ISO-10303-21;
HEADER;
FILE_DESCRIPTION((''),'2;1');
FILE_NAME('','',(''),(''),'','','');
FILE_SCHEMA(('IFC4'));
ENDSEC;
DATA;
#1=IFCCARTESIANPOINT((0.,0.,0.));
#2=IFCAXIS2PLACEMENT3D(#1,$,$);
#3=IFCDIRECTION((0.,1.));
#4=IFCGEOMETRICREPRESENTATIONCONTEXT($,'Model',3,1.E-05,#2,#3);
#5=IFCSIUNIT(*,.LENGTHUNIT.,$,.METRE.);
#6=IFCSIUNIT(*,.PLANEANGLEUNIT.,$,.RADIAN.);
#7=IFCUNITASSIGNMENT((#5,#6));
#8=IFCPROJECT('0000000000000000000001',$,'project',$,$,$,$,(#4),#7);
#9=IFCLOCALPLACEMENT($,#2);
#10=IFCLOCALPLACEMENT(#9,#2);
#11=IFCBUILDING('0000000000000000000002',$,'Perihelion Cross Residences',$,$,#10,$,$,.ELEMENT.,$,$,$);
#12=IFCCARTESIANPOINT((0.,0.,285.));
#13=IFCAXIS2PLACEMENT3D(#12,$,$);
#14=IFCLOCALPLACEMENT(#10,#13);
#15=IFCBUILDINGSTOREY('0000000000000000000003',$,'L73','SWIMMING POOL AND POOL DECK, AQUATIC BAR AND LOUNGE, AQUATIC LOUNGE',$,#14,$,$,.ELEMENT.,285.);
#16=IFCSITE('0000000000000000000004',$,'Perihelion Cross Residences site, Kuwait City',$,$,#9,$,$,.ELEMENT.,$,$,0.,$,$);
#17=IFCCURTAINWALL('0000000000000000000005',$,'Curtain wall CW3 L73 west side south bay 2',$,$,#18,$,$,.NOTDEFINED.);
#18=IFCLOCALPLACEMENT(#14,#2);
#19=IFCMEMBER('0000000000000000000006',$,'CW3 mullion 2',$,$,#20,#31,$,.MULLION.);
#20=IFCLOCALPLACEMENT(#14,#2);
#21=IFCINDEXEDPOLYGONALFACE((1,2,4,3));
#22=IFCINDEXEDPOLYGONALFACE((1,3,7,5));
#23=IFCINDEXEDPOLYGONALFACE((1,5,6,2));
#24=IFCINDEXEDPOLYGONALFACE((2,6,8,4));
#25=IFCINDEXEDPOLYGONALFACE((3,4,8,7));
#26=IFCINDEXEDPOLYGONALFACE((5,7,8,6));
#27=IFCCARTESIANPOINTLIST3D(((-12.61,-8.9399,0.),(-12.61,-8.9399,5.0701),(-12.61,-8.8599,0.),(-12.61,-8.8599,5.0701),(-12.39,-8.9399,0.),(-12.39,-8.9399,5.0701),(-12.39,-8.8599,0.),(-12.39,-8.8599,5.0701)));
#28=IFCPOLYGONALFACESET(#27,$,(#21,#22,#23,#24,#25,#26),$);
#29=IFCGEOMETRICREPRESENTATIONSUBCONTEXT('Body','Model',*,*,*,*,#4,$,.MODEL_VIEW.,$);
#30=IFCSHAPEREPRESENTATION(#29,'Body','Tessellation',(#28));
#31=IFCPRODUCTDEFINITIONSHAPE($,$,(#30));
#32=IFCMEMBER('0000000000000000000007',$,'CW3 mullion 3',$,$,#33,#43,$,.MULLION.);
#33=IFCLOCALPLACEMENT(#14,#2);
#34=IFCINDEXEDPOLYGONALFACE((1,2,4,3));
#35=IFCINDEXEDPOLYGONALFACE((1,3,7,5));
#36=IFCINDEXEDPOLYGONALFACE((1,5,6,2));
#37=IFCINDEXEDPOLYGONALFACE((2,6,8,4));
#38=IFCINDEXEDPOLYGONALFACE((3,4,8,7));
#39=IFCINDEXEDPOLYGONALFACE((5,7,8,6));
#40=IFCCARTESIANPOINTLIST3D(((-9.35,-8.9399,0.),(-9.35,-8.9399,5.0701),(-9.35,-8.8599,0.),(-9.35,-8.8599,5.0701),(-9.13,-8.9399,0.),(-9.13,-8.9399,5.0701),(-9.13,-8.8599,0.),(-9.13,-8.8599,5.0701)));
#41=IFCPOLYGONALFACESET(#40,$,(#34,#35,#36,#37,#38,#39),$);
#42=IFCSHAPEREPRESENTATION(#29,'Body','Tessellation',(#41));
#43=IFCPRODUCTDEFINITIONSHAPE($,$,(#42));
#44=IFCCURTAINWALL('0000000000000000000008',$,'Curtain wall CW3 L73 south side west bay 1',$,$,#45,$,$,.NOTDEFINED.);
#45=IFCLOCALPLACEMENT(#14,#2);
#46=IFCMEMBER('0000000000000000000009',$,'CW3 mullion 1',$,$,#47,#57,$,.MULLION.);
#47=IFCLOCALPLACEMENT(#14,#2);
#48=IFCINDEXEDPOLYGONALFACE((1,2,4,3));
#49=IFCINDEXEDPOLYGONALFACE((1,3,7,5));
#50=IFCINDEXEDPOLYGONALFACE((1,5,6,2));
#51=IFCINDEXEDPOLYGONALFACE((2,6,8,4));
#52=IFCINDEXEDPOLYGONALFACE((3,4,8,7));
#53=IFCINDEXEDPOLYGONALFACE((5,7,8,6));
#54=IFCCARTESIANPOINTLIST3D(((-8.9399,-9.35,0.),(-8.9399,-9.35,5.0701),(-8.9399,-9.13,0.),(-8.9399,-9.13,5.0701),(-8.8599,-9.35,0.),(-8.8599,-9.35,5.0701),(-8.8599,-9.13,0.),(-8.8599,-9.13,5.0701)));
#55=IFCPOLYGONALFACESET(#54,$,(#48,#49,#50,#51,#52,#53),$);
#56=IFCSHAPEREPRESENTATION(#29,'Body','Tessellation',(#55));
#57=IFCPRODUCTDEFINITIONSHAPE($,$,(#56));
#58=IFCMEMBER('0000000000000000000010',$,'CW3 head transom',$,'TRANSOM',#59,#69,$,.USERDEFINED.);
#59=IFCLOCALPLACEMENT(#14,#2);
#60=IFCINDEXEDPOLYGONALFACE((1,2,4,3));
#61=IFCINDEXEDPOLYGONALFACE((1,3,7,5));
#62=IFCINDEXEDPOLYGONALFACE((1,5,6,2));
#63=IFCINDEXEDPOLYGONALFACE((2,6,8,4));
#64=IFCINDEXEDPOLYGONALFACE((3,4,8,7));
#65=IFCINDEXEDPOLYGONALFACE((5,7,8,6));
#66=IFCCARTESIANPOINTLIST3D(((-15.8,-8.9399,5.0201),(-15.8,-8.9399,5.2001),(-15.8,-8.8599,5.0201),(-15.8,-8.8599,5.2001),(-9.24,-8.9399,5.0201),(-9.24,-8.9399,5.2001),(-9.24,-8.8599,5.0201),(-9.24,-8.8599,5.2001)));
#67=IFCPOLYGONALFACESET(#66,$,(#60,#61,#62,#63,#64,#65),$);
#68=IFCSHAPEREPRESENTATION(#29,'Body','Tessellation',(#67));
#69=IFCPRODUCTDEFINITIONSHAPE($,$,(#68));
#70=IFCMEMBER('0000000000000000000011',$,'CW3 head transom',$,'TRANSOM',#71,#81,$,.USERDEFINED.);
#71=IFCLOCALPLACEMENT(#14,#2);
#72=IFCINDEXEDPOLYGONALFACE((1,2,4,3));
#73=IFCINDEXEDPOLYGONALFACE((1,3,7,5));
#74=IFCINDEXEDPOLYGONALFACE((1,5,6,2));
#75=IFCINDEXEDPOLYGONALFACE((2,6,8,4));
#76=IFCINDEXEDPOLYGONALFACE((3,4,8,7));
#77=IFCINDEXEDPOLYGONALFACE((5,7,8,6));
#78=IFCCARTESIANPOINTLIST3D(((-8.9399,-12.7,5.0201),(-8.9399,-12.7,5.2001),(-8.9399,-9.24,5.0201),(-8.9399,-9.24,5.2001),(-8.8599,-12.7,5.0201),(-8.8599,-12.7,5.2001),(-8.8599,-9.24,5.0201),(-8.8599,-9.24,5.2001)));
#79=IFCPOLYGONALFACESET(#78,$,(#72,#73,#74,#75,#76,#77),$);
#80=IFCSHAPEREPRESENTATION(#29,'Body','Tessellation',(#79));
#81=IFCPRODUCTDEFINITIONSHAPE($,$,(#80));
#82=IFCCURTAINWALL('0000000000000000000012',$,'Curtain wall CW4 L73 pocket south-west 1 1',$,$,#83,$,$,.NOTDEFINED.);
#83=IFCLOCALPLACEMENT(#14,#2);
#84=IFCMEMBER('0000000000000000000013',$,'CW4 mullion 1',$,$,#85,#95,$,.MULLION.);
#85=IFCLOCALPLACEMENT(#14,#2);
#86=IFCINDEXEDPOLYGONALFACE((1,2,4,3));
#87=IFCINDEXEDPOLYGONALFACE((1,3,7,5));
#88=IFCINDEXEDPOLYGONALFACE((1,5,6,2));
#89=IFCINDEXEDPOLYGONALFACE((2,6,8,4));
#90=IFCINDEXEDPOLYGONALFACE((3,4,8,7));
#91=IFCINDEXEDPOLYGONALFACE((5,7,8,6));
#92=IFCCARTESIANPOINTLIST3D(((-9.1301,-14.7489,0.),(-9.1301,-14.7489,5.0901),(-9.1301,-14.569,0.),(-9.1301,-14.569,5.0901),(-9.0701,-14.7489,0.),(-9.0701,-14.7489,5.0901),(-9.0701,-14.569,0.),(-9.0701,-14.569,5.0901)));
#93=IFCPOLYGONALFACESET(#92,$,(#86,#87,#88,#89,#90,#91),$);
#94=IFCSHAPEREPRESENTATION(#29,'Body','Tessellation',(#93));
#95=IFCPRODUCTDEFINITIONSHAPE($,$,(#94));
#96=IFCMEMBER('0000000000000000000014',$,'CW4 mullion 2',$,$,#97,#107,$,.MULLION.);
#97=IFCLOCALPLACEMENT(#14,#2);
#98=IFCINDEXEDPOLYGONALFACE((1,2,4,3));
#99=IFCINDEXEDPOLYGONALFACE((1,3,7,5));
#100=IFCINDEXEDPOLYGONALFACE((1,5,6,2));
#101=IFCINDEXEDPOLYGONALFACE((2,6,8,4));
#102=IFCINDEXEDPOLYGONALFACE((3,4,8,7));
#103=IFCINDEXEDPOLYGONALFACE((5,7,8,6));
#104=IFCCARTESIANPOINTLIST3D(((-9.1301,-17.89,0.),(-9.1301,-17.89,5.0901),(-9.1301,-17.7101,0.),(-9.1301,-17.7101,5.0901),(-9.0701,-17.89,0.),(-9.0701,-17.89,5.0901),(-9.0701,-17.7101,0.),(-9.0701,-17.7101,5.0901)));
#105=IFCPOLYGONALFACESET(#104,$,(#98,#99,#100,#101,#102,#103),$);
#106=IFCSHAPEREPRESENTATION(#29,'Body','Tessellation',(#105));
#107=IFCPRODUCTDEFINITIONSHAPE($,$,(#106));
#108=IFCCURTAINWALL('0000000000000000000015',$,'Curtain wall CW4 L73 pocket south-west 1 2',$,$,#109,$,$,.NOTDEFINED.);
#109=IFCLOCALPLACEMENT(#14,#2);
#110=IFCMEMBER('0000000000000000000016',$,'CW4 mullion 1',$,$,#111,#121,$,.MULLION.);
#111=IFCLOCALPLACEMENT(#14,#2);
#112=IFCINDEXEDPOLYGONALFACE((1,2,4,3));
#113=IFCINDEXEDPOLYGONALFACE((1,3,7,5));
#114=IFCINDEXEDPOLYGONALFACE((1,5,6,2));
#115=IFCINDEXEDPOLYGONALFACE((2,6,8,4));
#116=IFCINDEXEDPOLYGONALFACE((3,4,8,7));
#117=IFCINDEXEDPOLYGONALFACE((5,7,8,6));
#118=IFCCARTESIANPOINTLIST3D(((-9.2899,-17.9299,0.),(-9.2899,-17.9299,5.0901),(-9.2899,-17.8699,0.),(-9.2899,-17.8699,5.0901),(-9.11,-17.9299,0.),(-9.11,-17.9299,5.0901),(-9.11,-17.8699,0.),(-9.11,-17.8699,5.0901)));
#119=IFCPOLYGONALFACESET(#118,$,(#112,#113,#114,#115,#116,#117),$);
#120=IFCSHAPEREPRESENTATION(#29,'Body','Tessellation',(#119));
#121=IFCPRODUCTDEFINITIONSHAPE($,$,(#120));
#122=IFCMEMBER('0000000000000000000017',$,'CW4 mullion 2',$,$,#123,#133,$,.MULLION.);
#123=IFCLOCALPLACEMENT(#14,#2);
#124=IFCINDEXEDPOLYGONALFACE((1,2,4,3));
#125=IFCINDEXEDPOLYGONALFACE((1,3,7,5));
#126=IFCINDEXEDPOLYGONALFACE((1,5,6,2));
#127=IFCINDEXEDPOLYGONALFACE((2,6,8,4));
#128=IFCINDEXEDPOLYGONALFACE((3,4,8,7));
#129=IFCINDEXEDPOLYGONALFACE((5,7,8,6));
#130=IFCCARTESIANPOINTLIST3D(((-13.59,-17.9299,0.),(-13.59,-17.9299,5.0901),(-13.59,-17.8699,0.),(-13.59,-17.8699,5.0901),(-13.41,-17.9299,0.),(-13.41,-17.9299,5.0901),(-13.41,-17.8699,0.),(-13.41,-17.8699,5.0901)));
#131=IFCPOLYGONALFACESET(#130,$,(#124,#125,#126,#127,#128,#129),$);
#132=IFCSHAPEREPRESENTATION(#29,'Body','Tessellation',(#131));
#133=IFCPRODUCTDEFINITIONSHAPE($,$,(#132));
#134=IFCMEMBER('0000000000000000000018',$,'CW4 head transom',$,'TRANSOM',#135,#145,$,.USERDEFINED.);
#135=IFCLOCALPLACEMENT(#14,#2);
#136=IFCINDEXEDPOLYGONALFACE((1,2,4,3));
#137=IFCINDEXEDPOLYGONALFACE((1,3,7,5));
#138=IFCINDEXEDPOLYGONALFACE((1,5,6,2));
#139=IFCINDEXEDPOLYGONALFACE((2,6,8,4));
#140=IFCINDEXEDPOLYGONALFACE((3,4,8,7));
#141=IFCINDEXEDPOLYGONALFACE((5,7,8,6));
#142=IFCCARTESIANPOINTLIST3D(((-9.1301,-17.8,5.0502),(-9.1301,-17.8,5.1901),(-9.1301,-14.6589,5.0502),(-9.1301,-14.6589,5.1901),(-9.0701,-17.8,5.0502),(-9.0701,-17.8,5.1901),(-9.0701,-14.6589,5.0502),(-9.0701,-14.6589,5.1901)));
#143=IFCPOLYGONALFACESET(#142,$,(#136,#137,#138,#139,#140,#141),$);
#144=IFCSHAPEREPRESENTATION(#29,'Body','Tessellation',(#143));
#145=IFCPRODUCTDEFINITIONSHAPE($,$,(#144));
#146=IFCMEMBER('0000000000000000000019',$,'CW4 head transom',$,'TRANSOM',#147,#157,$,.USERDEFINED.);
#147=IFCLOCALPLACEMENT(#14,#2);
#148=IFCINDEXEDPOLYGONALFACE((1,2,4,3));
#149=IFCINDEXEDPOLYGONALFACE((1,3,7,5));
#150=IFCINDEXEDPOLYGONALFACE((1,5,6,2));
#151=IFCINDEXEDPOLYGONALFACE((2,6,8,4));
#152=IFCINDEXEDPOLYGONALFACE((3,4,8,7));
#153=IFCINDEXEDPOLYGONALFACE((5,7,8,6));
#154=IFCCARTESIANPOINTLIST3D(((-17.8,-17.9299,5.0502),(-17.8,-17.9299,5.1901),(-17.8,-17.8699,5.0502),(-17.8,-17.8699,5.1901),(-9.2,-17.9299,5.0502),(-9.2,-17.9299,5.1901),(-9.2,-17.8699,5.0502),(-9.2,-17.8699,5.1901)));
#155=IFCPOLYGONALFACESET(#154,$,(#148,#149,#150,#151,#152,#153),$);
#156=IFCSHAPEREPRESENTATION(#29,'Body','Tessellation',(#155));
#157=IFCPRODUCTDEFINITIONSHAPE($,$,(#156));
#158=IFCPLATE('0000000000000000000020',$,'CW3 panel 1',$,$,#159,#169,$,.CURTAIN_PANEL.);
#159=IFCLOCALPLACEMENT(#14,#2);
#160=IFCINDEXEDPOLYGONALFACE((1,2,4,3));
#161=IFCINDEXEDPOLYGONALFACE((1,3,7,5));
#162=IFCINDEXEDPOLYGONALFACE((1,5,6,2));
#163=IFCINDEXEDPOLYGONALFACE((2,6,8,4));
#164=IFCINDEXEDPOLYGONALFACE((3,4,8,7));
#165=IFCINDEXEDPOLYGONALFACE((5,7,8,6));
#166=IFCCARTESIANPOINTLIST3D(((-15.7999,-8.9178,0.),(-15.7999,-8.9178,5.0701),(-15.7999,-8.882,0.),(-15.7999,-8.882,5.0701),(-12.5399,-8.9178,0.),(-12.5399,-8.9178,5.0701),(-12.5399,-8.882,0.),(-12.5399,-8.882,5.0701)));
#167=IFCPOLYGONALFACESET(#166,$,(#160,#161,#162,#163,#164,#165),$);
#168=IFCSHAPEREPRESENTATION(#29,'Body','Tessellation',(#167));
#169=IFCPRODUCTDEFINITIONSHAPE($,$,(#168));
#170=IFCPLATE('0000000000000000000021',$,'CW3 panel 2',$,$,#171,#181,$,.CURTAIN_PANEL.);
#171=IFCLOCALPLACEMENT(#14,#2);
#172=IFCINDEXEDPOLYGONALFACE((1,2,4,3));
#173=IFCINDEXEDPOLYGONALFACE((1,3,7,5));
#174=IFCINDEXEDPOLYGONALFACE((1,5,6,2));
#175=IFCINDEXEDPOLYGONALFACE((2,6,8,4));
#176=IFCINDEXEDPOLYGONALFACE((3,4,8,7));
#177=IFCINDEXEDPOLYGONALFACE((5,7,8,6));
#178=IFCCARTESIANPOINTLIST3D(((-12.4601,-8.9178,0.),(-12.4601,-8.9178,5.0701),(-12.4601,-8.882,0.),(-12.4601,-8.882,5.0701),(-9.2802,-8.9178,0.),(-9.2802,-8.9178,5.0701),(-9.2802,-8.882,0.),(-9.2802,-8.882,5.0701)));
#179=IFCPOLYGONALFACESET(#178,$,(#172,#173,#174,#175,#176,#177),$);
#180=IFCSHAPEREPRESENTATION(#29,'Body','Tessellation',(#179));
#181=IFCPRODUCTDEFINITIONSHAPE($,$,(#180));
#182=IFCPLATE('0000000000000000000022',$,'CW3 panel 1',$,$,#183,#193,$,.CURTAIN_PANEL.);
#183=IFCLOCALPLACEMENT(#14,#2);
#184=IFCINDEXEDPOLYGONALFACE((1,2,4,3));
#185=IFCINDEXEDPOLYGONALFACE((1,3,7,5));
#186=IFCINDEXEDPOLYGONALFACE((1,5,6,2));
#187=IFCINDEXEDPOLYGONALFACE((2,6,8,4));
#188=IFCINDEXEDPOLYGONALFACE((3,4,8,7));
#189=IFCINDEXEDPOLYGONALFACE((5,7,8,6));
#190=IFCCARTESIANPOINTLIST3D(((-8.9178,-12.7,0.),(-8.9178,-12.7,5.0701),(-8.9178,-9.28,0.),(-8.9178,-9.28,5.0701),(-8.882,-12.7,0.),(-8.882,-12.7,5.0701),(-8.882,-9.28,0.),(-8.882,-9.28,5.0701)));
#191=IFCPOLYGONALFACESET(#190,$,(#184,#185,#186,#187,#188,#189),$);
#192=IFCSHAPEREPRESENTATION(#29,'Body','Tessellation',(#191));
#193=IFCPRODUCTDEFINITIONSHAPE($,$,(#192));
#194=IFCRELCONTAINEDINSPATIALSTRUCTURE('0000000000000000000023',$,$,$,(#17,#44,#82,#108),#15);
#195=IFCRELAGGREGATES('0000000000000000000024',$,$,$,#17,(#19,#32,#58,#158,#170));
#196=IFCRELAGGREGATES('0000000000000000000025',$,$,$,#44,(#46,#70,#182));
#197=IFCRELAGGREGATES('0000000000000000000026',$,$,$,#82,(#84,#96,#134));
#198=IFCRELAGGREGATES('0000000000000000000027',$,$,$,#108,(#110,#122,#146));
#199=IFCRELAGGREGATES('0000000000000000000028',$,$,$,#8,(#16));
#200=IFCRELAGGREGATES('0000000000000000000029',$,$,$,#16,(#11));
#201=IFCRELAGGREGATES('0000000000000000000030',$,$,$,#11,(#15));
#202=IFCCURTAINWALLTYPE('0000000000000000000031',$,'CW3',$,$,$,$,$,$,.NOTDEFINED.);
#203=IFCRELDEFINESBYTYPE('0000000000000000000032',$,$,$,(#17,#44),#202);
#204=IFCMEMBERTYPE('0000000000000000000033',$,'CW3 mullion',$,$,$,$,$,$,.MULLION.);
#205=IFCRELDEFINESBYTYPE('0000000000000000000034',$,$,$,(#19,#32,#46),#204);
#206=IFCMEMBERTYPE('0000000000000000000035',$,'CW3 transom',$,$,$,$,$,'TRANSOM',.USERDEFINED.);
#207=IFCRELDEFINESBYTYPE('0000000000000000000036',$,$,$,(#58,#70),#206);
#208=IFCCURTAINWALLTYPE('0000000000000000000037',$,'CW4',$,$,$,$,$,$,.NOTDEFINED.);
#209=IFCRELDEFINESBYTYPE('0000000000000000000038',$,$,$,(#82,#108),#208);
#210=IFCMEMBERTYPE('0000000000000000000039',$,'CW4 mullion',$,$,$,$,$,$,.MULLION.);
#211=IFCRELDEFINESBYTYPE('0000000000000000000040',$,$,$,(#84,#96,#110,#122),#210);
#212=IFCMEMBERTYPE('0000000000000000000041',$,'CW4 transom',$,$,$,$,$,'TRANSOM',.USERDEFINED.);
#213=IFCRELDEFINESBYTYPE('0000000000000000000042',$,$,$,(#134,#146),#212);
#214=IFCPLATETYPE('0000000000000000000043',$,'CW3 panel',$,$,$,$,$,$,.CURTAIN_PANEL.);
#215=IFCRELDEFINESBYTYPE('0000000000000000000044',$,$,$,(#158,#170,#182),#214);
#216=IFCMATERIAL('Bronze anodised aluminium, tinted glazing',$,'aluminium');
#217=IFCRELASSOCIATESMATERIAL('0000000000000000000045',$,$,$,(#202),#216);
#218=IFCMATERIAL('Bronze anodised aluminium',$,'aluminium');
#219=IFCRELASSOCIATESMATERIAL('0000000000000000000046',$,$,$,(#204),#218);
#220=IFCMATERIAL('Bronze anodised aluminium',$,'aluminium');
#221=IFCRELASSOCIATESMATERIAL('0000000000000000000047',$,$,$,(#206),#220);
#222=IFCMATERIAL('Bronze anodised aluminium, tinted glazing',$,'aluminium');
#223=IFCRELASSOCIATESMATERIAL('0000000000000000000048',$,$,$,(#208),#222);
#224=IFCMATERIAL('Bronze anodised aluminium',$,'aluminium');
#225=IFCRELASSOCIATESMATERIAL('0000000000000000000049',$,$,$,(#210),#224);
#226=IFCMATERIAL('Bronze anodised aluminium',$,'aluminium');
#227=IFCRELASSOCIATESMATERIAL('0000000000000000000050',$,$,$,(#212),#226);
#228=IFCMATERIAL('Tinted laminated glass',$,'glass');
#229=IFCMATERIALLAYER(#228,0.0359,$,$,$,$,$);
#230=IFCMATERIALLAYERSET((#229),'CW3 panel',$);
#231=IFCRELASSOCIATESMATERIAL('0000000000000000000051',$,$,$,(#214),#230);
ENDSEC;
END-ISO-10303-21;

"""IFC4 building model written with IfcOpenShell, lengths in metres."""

from ifc_helpers import new_model, si_unit, direction, frame, origin, origin_2d, place, context, subcontext, project, spatial, rectangle, extrude, material, layer, layer_set, material_profile, profile_set, type_object, element, aggregate, save


model = new_model("IFC4")

# Units and contexts
model_context = context("Model", 3, precision=1e-05, world=origin(), true_north=direction((0.0, 1.0)))
body_context = subcontext(model_context, "Body", "Model", "MODEL_VIEW")
ifc_project = project(units=[si_unit("LENGTHUNIT", "METRE"), si_unit("PLANEANGLEUNIT", "RADIAN")], contexts=[model_context])

# Site, building, storey
site_placement = place(None, origin())
site = spatial("IfcSite", under=ifc_project, at=site_placement, Name="Perihelion Cross Residences site, Kuwait City", CompositionType="ELEMENT", RefElevation=0.0)
building_placement = place(site_placement, origin())
building = spatial("IfcBuilding", under=site, at=building_placement, Name="Perihelion Cross Residences", CompositionType="ELEMENT")
storey_placement = place(building_placement, frame((0.0, 0.0, 285.0)))
storey = spatial("IfcBuildingStorey", under=building, at=storey_placement, Name="L73", Description="SWIMMING POOL AND POOL DECK, AQUATIC BAR AND LOUNGE, AQUATIC LOUNGE", CompositionType="ELEMENT", Elevation=285.0)

# Curtain wall, members
ifc_material_1 = material(Name="Bronze anodised aluminium, tinted glazing", Category="aluminium")
curtain_wall_type_1 = type_object("IfcCurtainWallType", Name="CW3", PredefinedType="NOTDEFINED", material=ifc_material_1)
curtain_wall_1_placement = place(storey_placement, origin())
curtain_wall_1 = element("IfcCurtainWall", 1, at=curtain_wall_1_placement, inside=storey, type_object=curtain_wall_type_1, Name="Curtain wall CW3 L73 west side south bay 2", PredefinedType="NOTDEFINED")
ifc_material_2 = material(Name="Bronze anodised aluminium", Category="aluminium")
ifc_material_profile_1 = material_profile(ifc_material_2, rectangle(XDim=0.0801, YDim=0.22, at=origin_2d()), Name="CW3 mullion")
ifc_profile_set_1 = profile_set([ifc_material_profile_1], Name="Bronze anodised aluminium")
member_type_1 = type_object("IfcMemberType", Name="CW3 mullion", PredefinedType="MULLION", material=ifc_profile_set_1)
member_1_placement = place(storey_placement, frame((-12.5, -8.8999, 0.0), z_axis=(0.0, 0.0, 1.0), x_axis=(0.0, 1.0, 0.0)))
member_1 = element("IfcMember", 2, at=member_1_placement, type_object=member_type_1, Name="CW3 mullion 2", PredefinedType="MULLION", context=body_context, shape_type="SweptSolid", body=[
    extrude(rectangle(XDim=0.0801, YDim=0.22, at=origin_2d()), origin(), (0.0, 0.0, 1.0), 5.0701),
])
member_2_placement = place(storey_placement, frame((-9.24, -8.8999, 0.0), z_axis=(0.0, 0.0, 1.0), x_axis=(0.0, 1.0, 0.0)))
member_2 = element("IfcMember", 3, at=member_2_placement, type_object=member_type_1, Name="CW3 mullion 3", PredefinedType="MULLION", context=body_context, shape_type="SweptSolid", body=[
    extrude(rectangle(XDim=0.0801, YDim=0.22, at=origin_2d()), origin(), (0.0, 0.0, 1.0), 5.0701),
])

# Curtain wall, member
curtain_wall_2_placement = place(storey_placement, origin())
curtain_wall_2 = element("IfcCurtainWall", 4, at=curtain_wall_2_placement, inside=storey, type_object=curtain_wall_type_1, Name="Curtain wall CW3 L73 south side west bay 1", PredefinedType="NOTDEFINED")
member_3_placement = place(storey_placement, frame((-8.8999, -9.24, 0.0), z_axis=(0.0, 0.0, 1.0), x_axis=(1.0, 0.0, 0.0)))
member_3 = element("IfcMember", 5, at=member_3_placement, type_object=member_type_1, Name="CW3 mullion 1", PredefinedType="MULLION", context=body_context, shape_type="SweptSolid", body=[
    extrude(rectangle(XDim=0.0801, YDim=0.22, at=origin_2d()), origin(), (0.0, 0.0, 1.0), 5.0701),
])

# Members
ifc_material_3 = material(Name="Bronze anodised aluminium", Category="aluminium")
ifc_material_profile_2 = material_profile(ifc_material_3, rectangle(XDim=0.0801, YDim=0.1799, at=origin_2d()), Name="CW3 transom")
ifc_profile_set_2 = profile_set([ifc_material_profile_2], Name="Bronze anodised aluminium")
member_type_2 = type_object("IfcMemberType", Name="CW3 transom", ElementType="TRANSOM", PredefinedType="USERDEFINED", material=ifc_profile_set_2)
member_4_placement = place(storey_placement, frame((-15.8, -8.8999, 5.1101), z_axis=(1.0, 0.0, 0.0), x_axis=(0.0, 1.0, 0.0)))
member_4 = element("IfcMember", 6, at=member_4_placement, type_object=member_type_2, Name="CW3 head transom", ObjectType="TRANSOM", PredefinedType="USERDEFINED", context=body_context, shape_type="SweptSolid", body=[
    extrude(rectangle(XDim=0.0801, YDim=0.1799, at=origin_2d()), origin(), (0.0, 0.0, 1.0), 6.5601),
])
member_5_placement = place(storey_placement, frame((-8.8999, -9.24, 5.1101), z_axis=(0.0, -1.0, 0.0), x_axis=(1.0, 0.0, 0.0)))
member_5 = element("IfcMember", 7, at=member_5_placement, type_object=member_type_2, Name="CW3 head transom", ObjectType="TRANSOM", PredefinedType="USERDEFINED", context=body_context, shape_type="SweptSolid", body=[
    extrude(rectangle(XDim=0.0801, YDim=0.1799, at=origin_2d()), origin(), (0.0, 0.0, 1.0), 3.46),
])

# Curtain walls, members
ifc_material_4 = material(Name="Bronze anodised aluminium, tinted glazing", Category="aluminium")
curtain_wall_type_2 = type_object("IfcCurtainWallType", Name="CW4", PredefinedType="NOTDEFINED", material=ifc_material_4)
curtain_wall_3_placement = place(storey_placement, origin())
curtain_wall_3 = element("IfcCurtainWall", 8, at=curtain_wall_3_placement, inside=storey, type_object=curtain_wall_type_2, Name="Curtain wall CW4 L73 pocket south-west 1 1", PredefinedType="NOTDEFINED")
ifc_material_5 = material(Name="Bronze anodised aluminium", Category="aluminium")
ifc_material_profile_3 = material_profile(ifc_material_5, rectangle(XDim=0.0601, YDim=0.1799, at=origin_2d()), Name="CW4 mullion")
ifc_profile_set_3 = profile_set([ifc_material_profile_3], Name="Bronze anodised aluminium")
member_type_3 = type_object("IfcMemberType", Name="CW4 mullion", PredefinedType="MULLION", material=ifc_profile_set_3)
member_6_placement = place(storey_placement, frame((-9.1001, -14.6589, 0.0), z_axis=(0.0, 0.0, 1.0), x_axis=(1.0, 0.0, 0.0)))
member_6 = element("IfcMember", 9, at=member_6_placement, type_object=member_type_3, Name="CW4 mullion 1", PredefinedType="MULLION", context=body_context, shape_type="SweptSolid", body=[
    extrude(rectangle(XDim=0.0601, YDim=0.1799, at=origin_2d()), origin(), (0.0, 0.0, 1.0), 5.0901),
])
member_7_placement = place(storey_placement, frame((-9.1001, -17.8, 0.0), z_axis=(0.0, 0.0, 1.0), x_axis=(1.0, 0.0, 0.0)))
member_7 = element("IfcMember", 10, at=member_7_placement, type_object=member_type_3, Name="CW4 mullion 2", PredefinedType="MULLION", context=body_context, shape_type="SweptSolid", body=[
    extrude(rectangle(XDim=0.0601, YDim=0.1799, at=origin_2d()), origin(), (0.0, 0.0, 1.0), 5.0901),
])
curtain_wall_4_placement = place(storey_placement, origin())
curtain_wall_4 = element("IfcCurtainWall", 11, at=curtain_wall_4_placement, inside=storey, type_object=curtain_wall_type_2, Name="Curtain wall CW4 L73 pocket south-west 1 2", PredefinedType="NOTDEFINED")
member_8_placement = place(storey_placement, frame((-9.2, -17.8999, 0.0), z_axis=(0.0, 0.0, 1.0), x_axis=(0.0, -1.0, 0.0)))
member_8 = element("IfcMember", 12, at=member_8_placement, type_object=member_type_3, Name="CW4 mullion 1", PredefinedType="MULLION", context=body_context, shape_type="SweptSolid", body=[
    extrude(rectangle(XDim=0.0601, YDim=0.1799, at=origin_2d()), origin(), (0.0, 0.0, 1.0), 5.0901),
])
member_9_placement = place(storey_placement, frame((-13.5, -17.8999, 0.0), z_axis=(0.0, 0.0, 1.0), x_axis=(0.0, -1.0, 0.0)))
member_9 = element("IfcMember", 13, at=member_9_placement, type_object=member_type_3, Name="CW4 mullion 2", PredefinedType="MULLION", context=body_context, shape_type="SweptSolid", body=[
    extrude(rectangle(XDim=0.0601, YDim=0.1799, at=origin_2d()), origin(), (0.0, 0.0, 1.0), 5.0901),
])

# Members
ifc_material_6 = material(Name="Bronze anodised aluminium", Category="aluminium")
ifc_material_profile_4 = material_profile(ifc_material_6, rectangle(XDim=0.0601, YDim=0.1399, at=origin_2d()), Name="CW4 transom")
ifc_profile_set_4 = profile_set([ifc_material_profile_4], Name="Bronze anodised aluminium")
member_type_4 = type_object("IfcMemberType", Name="CW4 transom", ElementType="TRANSOM", PredefinedType="USERDEFINED", material=ifc_profile_set_4)
member_10_placement = place(storey_placement, frame((-9.1001, -14.6589, 5.1201), z_axis=(0.0, -1.0, 0.0), x_axis=(1.0, 0.0, 0.0)))
member_10 = element("IfcMember", 14, at=member_10_placement, type_object=member_type_4, Name="CW4 head transom", ObjectType="TRANSOM", PredefinedType="USERDEFINED", context=body_context, shape_type="SweptSolid", body=[
    extrude(rectangle(XDim=0.0601, YDim=0.1399, at=origin_2d()), origin(), (0.0, 0.0, 1.0), 3.1411),
])
member_11_placement = place(storey_placement, frame((-9.2, -17.8999, 5.1201), z_axis=(-1.0, 0.0, 0.0), x_axis=(0.0, -1.0, 0.0)))
member_11 = element("IfcMember", 15, at=member_11_placement, type_object=member_type_4, Name="CW4 head transom", ObjectType="TRANSOM", PredefinedType="USERDEFINED", context=body_context, shape_type="SweptSolid", body=[
    extrude(rectangle(XDim=0.0601, YDim=0.1399, at=origin_2d()), origin(), (0.0, 0.0, 1.0), 8.6001),
])

# Plates
ifc_material_7 = material(Name="Tinted laminated glass", Category="glass")
ifc_layer_1 = layer(ifc_material_7, 0.0359)
ifc_layer_set_1 = layer_set([ifc_layer_1], Name="CW3 panel")
plate_type_1 = type_object("IfcPlateType", Name="CW3 panel", PredefinedType="CURTAIN_PANEL", material=ifc_layer_set_1)
plate_1_placement = place(storey_placement, frame((-14.1699, -8.8999, 0.0), z_axis=(0.0, 0.0, 1.0), x_axis=(1.0, 0.0, 0.0)))
plate_1 = element("IfcPlate", 16, at=plate_1_placement, type_object=plate_type_1, Name="CW3 panel 1", PredefinedType="CURTAIN_PANEL", context=body_context, shape_type="SweptSolid", body=[
    extrude(rectangle(XDim=3.26, YDim=0.0359, at=origin_2d()), origin(), (0.0, 0.0, 1.0), 5.0701),
])
plate_2_placement = place(storey_placement, frame((-10.8701, -8.8999, 0.0), z_axis=(0.0, 0.0, 1.0), x_axis=(1.0, 0.0, 0.0)))
plate_2 = element("IfcPlate", 17, at=plate_2_placement, type_object=plate_type_1, Name="CW3 panel 2", PredefinedType="CURTAIN_PANEL", context=body_context, shape_type="SweptSolid", body=[
    extrude(rectangle(XDim=3.1799, YDim=0.0359, at=origin_2d()), origin(), (0.0, 0.0, 1.0), 5.0701),
])
aggregate(curtain_wall_1, [member_1, member_2, member_4, plate_1, plate_2])
plate_3_placement = place(storey_placement, frame((-8.8999, -10.99, 0.0), z_axis=(0.0, 0.0, 1.0), x_axis=(0.0, -1.0, 0.0)))
plate_3 = element("IfcPlate", 18, at=plate_3_placement, type_object=plate_type_1, Name="CW3 panel 1", PredefinedType="CURTAIN_PANEL", context=body_context, shape_type="SweptSolid", body=[
    extrude(rectangle(XDim=3.4199, YDim=0.0359, at=origin_2d()), origin(), (0.0, 0.0, 1.0), 5.0701),
])
aggregate(curtain_wall_2, [member_3, member_5, plate_3])
aggregate(curtain_wall_3, [member_6, member_7, member_10])
aggregate(curtain_wall_4, [member_8, member_9, member_11])

save(model, "model.ifc")
